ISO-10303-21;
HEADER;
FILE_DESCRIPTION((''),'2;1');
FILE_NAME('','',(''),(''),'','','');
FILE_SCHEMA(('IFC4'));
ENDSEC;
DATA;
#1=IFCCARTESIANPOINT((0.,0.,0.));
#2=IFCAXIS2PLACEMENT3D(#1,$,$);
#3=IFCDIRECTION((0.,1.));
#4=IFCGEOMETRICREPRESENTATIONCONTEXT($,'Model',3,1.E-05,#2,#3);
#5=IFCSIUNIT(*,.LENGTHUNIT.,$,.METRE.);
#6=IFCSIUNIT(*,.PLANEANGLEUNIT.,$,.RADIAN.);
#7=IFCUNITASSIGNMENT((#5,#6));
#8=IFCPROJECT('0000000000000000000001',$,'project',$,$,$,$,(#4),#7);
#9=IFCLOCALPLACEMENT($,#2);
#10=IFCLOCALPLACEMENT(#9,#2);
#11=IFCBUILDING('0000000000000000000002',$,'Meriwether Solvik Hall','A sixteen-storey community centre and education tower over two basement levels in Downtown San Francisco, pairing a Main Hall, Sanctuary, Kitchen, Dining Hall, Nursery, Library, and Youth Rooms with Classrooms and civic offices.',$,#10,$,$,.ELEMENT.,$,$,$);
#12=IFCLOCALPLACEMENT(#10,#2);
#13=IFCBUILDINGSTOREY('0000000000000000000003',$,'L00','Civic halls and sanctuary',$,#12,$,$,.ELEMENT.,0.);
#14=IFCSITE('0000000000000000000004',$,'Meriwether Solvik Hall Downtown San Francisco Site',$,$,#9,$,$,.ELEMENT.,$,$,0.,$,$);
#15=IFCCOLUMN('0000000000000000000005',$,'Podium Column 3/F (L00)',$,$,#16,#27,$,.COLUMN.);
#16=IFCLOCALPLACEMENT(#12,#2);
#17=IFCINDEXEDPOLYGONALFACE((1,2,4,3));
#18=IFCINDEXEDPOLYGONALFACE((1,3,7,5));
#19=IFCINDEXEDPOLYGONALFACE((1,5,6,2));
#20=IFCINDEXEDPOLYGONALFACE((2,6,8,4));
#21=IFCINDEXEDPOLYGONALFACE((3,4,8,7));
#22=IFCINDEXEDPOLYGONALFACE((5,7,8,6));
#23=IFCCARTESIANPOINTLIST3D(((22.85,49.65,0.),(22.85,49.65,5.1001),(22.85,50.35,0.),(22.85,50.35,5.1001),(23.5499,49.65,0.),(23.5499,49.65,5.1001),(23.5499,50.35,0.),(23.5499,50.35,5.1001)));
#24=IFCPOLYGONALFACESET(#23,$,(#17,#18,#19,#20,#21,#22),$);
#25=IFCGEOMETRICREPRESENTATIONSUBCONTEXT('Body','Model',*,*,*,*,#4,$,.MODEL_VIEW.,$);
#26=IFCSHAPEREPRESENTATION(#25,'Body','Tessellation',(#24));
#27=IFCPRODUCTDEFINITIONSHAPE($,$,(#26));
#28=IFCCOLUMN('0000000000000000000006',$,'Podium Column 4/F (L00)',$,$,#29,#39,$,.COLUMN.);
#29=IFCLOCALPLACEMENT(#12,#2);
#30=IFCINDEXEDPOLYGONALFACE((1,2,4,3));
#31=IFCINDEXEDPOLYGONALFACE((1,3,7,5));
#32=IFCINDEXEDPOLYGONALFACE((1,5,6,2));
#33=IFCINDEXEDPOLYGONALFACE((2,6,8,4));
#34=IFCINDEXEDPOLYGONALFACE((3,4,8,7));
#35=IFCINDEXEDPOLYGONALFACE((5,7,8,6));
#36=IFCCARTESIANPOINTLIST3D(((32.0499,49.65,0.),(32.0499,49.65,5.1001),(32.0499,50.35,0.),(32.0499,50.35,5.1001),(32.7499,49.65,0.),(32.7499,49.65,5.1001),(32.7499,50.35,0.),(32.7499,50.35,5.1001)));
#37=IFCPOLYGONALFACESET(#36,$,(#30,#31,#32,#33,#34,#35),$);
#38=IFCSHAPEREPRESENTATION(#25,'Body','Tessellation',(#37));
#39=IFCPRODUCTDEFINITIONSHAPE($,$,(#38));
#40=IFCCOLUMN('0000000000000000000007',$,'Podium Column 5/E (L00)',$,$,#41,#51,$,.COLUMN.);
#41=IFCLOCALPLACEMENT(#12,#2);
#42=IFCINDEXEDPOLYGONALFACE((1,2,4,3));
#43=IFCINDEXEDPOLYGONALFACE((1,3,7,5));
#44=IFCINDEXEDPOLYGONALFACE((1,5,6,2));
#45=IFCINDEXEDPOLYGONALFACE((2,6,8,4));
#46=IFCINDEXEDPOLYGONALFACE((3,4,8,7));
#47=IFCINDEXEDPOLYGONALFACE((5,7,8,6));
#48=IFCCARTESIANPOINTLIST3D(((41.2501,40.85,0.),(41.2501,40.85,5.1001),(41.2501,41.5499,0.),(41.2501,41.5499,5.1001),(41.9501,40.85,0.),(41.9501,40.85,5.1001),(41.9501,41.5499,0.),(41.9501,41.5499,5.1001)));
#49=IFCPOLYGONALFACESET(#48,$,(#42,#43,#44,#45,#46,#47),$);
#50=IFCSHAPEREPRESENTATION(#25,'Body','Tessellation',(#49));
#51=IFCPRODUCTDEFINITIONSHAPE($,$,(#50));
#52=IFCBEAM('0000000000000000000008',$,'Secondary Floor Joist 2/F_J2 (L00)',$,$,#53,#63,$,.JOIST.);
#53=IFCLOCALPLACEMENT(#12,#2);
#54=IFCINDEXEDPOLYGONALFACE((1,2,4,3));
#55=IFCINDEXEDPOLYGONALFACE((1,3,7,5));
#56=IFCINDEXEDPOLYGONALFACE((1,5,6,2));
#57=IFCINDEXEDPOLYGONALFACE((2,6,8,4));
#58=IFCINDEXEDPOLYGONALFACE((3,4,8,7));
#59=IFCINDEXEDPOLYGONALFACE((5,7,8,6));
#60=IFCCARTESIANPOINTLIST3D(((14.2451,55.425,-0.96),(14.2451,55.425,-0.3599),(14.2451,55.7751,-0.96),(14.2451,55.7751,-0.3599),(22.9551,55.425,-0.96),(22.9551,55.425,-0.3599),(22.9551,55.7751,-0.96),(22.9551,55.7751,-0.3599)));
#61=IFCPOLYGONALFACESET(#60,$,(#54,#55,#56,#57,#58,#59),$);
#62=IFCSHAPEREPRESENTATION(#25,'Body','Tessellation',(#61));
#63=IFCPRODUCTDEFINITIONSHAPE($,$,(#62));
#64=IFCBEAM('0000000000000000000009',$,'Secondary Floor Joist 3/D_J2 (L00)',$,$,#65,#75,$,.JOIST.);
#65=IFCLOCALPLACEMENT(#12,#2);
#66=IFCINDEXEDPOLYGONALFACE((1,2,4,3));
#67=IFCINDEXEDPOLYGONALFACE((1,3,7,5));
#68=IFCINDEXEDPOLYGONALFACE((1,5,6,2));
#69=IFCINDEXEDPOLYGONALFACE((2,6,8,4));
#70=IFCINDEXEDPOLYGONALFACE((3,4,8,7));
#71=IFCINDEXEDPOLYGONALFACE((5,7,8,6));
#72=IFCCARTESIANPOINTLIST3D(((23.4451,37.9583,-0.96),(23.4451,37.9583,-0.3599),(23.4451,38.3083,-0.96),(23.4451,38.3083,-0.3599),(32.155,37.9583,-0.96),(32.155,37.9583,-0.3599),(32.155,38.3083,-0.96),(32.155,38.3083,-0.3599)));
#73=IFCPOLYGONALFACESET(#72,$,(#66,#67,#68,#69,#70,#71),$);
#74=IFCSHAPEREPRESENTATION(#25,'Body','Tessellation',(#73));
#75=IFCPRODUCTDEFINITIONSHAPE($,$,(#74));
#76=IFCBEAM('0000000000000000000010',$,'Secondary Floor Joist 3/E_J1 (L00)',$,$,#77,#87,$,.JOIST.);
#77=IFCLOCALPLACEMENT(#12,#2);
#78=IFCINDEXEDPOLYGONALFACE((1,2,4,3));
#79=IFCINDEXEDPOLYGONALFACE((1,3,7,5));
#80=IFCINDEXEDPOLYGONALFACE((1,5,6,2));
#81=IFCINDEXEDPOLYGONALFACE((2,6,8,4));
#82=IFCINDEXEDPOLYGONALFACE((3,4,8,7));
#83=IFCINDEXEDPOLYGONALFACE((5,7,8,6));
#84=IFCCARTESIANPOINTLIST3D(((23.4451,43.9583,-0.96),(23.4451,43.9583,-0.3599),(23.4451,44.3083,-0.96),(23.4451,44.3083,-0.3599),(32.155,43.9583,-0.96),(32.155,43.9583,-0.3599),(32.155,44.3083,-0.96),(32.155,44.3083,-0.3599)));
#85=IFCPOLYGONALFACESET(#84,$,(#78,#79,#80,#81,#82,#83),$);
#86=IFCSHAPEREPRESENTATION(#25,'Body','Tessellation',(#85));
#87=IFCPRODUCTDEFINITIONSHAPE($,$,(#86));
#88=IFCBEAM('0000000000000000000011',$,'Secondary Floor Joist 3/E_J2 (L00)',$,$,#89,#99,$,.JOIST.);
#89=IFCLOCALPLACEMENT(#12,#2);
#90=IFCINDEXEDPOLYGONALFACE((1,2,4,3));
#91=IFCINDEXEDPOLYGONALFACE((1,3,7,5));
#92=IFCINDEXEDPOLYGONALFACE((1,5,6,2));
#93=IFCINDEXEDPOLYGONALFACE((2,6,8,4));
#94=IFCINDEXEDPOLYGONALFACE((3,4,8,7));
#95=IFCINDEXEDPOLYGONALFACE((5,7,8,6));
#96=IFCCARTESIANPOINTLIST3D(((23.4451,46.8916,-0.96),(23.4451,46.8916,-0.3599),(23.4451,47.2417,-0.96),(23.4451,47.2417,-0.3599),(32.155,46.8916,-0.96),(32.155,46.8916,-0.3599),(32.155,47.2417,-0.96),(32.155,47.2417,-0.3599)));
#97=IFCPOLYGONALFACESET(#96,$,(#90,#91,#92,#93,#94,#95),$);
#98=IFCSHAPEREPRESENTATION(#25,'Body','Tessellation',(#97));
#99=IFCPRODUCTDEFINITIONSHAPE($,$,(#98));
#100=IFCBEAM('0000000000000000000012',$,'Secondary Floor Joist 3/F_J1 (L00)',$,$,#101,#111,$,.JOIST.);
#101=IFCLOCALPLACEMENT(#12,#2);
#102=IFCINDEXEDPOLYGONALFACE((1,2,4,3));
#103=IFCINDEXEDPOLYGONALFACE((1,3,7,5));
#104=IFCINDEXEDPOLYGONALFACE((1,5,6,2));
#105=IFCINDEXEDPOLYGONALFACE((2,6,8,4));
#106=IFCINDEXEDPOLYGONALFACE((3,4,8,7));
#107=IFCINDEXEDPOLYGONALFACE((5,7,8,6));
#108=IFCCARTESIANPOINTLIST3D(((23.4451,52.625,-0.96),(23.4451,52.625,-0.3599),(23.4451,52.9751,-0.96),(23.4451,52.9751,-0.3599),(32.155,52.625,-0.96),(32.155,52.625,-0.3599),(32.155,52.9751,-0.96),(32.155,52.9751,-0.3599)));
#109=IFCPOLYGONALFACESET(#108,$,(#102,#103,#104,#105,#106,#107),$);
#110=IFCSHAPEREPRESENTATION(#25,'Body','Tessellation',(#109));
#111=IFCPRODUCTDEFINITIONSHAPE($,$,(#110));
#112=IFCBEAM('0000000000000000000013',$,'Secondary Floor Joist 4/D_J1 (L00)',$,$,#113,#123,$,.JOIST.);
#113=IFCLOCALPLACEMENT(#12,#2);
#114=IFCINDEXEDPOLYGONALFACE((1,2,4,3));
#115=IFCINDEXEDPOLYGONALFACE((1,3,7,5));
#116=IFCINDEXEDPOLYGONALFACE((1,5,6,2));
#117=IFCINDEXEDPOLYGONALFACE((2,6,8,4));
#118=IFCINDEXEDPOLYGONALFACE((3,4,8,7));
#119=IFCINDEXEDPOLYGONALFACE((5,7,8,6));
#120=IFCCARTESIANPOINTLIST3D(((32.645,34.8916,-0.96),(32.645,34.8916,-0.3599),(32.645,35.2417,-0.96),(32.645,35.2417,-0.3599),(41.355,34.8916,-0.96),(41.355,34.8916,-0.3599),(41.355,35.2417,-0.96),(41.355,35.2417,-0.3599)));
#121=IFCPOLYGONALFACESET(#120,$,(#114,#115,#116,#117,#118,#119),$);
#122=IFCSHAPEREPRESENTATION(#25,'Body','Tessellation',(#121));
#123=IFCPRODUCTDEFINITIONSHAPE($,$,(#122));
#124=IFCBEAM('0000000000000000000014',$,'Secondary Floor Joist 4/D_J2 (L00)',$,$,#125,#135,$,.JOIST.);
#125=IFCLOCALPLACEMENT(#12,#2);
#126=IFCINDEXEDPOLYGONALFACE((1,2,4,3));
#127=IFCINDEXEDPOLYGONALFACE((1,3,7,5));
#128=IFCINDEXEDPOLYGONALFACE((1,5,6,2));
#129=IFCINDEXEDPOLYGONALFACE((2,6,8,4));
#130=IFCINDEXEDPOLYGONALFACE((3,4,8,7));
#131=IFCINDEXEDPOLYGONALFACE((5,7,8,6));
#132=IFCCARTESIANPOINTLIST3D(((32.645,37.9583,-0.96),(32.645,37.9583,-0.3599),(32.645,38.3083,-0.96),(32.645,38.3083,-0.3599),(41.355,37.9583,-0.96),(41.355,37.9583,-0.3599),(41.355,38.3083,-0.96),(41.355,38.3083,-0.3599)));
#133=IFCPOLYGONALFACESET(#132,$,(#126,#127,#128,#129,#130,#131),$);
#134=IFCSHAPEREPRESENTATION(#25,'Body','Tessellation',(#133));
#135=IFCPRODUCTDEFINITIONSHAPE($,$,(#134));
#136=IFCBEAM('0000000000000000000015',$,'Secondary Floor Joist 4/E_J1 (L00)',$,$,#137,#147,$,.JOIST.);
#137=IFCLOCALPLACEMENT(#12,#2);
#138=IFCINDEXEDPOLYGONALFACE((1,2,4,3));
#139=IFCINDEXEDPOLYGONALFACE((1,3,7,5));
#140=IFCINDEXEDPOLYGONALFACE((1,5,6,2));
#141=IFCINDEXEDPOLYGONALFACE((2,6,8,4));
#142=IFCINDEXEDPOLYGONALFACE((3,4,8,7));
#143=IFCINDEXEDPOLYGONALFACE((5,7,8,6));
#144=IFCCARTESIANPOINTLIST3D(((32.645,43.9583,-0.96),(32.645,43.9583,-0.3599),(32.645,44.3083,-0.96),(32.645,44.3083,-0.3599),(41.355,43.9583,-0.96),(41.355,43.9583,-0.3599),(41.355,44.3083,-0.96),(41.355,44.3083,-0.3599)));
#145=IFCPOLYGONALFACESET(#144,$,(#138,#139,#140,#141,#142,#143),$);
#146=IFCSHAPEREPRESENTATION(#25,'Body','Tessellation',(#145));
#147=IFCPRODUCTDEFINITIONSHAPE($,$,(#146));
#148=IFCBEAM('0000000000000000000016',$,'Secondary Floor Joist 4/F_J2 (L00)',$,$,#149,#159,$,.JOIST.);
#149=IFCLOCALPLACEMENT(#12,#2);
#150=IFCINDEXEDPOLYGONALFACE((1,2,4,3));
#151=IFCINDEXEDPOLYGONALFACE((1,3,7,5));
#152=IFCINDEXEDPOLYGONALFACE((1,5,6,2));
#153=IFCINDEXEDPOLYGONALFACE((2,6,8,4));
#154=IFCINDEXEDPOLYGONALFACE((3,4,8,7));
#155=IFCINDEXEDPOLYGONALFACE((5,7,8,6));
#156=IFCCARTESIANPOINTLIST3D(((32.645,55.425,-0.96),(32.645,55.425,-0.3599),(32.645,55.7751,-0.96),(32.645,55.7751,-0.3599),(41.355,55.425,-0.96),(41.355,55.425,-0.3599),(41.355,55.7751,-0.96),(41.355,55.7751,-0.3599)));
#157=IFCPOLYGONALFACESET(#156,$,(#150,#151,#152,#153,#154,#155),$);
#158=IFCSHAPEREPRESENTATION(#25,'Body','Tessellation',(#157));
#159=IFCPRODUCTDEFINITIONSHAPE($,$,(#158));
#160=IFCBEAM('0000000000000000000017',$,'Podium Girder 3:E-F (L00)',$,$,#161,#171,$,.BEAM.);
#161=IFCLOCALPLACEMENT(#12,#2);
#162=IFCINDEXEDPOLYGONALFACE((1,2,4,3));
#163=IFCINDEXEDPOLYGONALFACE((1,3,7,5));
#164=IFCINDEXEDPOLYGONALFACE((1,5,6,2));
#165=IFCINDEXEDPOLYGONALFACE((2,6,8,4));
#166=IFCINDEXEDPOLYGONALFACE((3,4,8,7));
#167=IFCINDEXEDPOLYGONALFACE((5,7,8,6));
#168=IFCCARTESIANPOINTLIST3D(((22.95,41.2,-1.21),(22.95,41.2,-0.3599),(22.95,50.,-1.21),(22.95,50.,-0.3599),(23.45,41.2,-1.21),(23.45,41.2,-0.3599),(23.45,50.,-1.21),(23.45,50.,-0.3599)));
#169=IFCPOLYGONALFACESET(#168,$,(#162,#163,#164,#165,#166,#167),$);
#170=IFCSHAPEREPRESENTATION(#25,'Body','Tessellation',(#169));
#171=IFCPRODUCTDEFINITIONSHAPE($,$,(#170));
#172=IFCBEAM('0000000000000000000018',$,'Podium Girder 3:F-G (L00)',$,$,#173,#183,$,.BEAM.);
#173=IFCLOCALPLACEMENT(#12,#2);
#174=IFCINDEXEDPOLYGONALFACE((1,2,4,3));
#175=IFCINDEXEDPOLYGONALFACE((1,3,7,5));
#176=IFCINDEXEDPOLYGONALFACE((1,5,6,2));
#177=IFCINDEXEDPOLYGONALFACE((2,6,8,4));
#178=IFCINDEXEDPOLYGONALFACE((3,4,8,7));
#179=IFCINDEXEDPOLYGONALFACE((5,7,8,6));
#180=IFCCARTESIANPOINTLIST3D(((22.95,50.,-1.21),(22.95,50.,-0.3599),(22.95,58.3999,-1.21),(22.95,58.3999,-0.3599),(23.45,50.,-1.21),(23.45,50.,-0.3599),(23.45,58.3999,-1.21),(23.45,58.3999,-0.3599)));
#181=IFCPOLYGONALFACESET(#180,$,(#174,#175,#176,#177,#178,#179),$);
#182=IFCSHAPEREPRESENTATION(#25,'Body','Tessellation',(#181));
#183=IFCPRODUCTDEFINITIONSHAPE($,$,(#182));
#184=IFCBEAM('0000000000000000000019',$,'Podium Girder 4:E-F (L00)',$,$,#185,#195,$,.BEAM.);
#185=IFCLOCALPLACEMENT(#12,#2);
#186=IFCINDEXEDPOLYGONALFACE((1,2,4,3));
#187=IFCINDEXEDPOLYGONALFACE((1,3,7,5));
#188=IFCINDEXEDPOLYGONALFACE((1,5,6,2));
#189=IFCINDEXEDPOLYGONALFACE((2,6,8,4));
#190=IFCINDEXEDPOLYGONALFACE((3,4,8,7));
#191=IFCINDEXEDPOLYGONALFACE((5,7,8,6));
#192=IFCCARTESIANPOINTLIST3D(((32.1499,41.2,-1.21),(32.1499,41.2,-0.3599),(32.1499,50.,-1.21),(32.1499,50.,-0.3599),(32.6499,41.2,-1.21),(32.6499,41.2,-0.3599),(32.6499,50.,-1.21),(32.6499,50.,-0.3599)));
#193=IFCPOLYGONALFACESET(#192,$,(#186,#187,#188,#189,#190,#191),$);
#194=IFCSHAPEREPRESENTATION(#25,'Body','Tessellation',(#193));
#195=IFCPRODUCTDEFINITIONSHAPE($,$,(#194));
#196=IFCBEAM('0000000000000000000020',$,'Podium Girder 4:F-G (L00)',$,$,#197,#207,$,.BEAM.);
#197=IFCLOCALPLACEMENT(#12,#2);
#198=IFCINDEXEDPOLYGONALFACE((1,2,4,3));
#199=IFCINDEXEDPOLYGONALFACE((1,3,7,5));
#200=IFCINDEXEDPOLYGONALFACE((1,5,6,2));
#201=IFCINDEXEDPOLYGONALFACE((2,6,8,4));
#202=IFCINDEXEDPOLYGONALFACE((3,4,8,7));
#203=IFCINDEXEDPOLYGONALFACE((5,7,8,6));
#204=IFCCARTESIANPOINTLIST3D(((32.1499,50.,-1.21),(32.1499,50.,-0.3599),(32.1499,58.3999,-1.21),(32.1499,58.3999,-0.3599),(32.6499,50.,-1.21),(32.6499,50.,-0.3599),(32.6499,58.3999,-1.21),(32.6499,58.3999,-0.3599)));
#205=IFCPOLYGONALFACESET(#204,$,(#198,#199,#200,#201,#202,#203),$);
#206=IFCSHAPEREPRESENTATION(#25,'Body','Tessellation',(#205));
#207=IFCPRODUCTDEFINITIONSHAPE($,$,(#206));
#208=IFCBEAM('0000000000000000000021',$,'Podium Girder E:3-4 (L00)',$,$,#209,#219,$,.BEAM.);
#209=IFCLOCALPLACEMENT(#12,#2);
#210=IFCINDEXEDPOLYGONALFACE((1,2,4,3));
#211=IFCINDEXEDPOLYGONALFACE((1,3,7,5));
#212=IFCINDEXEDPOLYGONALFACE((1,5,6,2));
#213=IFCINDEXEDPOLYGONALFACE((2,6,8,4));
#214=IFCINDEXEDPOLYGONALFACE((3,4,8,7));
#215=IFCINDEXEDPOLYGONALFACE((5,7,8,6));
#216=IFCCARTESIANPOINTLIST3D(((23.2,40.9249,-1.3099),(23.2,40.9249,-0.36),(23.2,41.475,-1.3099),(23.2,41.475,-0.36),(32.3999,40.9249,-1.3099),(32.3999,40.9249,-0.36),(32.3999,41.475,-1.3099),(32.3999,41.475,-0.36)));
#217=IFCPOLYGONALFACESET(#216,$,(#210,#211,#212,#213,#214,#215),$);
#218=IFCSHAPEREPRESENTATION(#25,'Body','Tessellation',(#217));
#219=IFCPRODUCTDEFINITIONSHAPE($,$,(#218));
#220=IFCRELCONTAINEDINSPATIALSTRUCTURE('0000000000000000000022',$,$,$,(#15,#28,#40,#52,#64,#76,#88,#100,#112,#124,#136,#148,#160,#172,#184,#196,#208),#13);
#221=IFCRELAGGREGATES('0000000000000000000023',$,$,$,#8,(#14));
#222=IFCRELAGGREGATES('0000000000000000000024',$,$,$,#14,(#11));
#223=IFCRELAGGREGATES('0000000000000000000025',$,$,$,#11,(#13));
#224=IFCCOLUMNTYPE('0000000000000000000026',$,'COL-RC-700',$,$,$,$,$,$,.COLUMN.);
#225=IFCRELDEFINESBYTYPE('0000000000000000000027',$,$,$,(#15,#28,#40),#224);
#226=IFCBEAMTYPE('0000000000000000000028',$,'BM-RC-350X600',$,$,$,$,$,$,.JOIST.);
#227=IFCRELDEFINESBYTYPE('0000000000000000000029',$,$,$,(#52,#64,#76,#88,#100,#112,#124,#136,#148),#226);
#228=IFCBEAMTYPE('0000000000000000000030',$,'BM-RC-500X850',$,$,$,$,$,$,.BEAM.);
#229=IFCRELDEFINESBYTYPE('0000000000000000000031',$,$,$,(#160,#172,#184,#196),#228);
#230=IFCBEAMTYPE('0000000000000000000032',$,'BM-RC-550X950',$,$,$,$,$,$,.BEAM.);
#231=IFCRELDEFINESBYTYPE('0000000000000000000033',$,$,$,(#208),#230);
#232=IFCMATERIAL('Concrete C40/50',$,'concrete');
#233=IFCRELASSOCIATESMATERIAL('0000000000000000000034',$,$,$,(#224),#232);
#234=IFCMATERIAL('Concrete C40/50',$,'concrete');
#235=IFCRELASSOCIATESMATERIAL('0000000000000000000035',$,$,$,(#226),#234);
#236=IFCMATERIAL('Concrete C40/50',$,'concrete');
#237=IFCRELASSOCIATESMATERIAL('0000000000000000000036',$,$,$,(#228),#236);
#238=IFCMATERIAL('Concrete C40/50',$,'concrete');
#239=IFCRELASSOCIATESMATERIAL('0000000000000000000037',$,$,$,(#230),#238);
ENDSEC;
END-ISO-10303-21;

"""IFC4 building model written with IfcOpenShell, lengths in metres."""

from ifc_helpers import new_model, si_unit, direction, frame, origin, origin_2d, place, context, subcontext, project, spatial, rectangle, extrude, material, material_profile, profile_set, type_object, element, save


model = new_model("IFC4")

# Units and contexts
model_context = context("Model", 3, precision=1e-05, world=origin(), true_north=direction((0.0, 1.0)))
body_context = subcontext(model_context, "Body", "Model", "MODEL_VIEW")
ifc_project = project(units=[si_unit("LENGTHUNIT", "METRE"), si_unit("PLANEANGLEUNIT", "RADIAN")], contexts=[model_context])

# Site, building, storey
site_placement = place(None, origin())
site = spatial("IfcSite", under=ifc_project, at=site_placement, Name="Meriwether Solvik Hall Downtown San Francisco Site", CompositionType="ELEMENT", RefElevation=0.0)
building_placement = place(site_placement, origin())
building = spatial("IfcBuilding", under=site, at=building_placement, Name="Meriwether Solvik Hall", Description="A sixteen-storey community centre and education tower over two basement levels in Downtown San Francisco, pairing a Main Hall, Sanctuary, Kitchen, Dining Hall, Nursery, Library, and Youth Rooms with Classrooms and civic offices.", CompositionType="ELEMENT")
storey_placement = place(building_placement, origin())
storey = spatial("IfcBuildingStorey", under=building, at=storey_placement, Name="L00", Description="Civic halls and sanctuary", CompositionType="ELEMENT", Elevation=0.0)

# Columns
ifc_material_1 = material(Name="Concrete C40/50", Category="concrete")
ifc_material_profile_1 = material_profile(ifc_material_1, rectangle(XDim=0.7, YDim=0.7, at=origin_2d()), Name="RCC-700X700")
ifc_profile_set_1 = profile_set([ifc_material_profile_1], Name="Concrete C40/50")
column_type = type_object("IfcColumnType", Name="COL-RC-700", PredefinedType="COLUMN", material=ifc_profile_set_1)
for number, where, z_axis, x_axis, name in (
    (1, (23.2, 50.0, 0.0), (0.0, 0.0, 1.0), (1.0, 0.0, 0.0), "Podium Column 3/F (L00)"),
    (2, (32.3999, 50.0, 0.0), (0.0, 0.0, 1.0), (1.0, 0.0, 0.0), "Podium Column 4/F (L00)"),
    (3, (41.6001, 41.2, 0.0), (0.0, 0.0, 1.0), (1.0, 0.0, 0.0), "Podium Column 5/E (L00)"),
):
    element("IfcColumn", number, at=place(storey_placement, frame(where, z_axis=z_axis, x_axis=x_axis)), inside=storey, type_object=column_type, Name=name, PredefinedType="COLUMN", context=body_context, shape_type="SweptSolid", body=[
        extrude(rectangle(XDim=0.7, YDim=0.7, at=origin_2d()), origin(), (0.0, 0.0, 1.0), 5.1001),
    ])

# Beams
ifc_material_2 = material(Name="Concrete C40/50", Category="concrete")
ifc_material_profile_2 = material_profile(ifc_material_2, rectangle(XDim=0.3501, YDim=0.6001, at=origin_2d()), Name="RCB-350X600")
ifc_profile_set_2 = profile_set([ifc_material_profile_2], Name="Concrete C40/50")
beam_type_1 = type_object("IfcBeamType", Name="BM-RC-350X600", PredefinedType="JOIST", material=ifc_profile_set_2)
for number, where, z_axis, x_axis, name in (
    (4, (14.2451, 55.6001, -0.6599), (1.0, 0.0, 0.0), (0.0, 1.0, 0.0), "Secondary Floor Joist 2/F_J2 (L00)"),
    (5, (23.4451, 38.1333, -0.6599), (1.0, 0.0, 0.0), (0.0, 1.0, 0.0), "Secondary Floor Joist 3/D_J2 (L00)"),
    (6, (23.4451, 44.1333, -0.6599), (1.0, 0.0, 0.0), (0.0, 1.0, 0.0), "Secondary Floor Joist 3/E_J1 (L00)"),
    (7, (23.4451, 47.0667, -0.6599), (1.0, 0.0, 0.0), (0.0, 1.0, 0.0), "Secondary Floor Joist 3/E_J2 (L00)"),
    (8, (23.4451, 52.8, -0.6599), (1.0, 0.0, 0.0), (0.0, 1.0, 0.0), "Secondary Floor Joist 3/F_J1 (L00)"),
    (9, (32.645, 35.0667, -0.6599), (1.0, 0.0, 0.0), (0.0, 1.0, 0.0), "Secondary Floor Joist 4/D_J1 (L00)"),
    (10, (32.645, 38.1333, -0.6599), (1.0, 0.0, 0.0), (0.0, 1.0, 0.0), "Secondary Floor Joist 4/D_J2 (L00)"),
    (11, (32.645, 44.1333, -0.6599), (1.0, 0.0, 0.0), (0.0, 1.0, 0.0), "Secondary Floor Joist 4/E_J1 (L00)"),
    (12, (32.645, 55.6001, -0.6599), (1.0, 0.0, 0.0), (0.0, 1.0, 0.0), "Secondary Floor Joist 4/F_J2 (L00)"),
):
    element("IfcBeam", number, at=place(storey_placement, frame(where, z_axis=z_axis, x_axis=x_axis)), inside=storey, type_object=beam_type_1, Name=name, PredefinedType="JOIST", context=body_context, shape_type="SweptSolid", body=[
        extrude(rectangle(XDim=0.3501, YDim=0.6001, at=origin_2d()), origin(), (0.0, 0.0, 1.0), 8.71),
    ])
ifc_material_3 = material(Name="Concrete C40/50", Category="concrete")
ifc_material_profile_3 = material_profile(ifc_material_3, rectangle(XDim=0.5, YDim=0.8501, at=origin_2d()), Name="RCB-500X850")
ifc_profile_set_3 = profile_set([ifc_material_profile_3], Name="Concrete C40/50")
beam_type_2 = type_object("IfcBeamType", Name="BM-RC-500X850", PredefinedType="BEAM", material=ifc_profile_set_3)
beam_1_placement = place(storey_placement, frame((23.2, 41.2, -0.7849), z_axis=(0.0, 1.0, 0.0), x_axis=(-1.0, 0.0, 0.0)))
element("IfcBeam", 13, at=beam_1_placement, inside=storey, type_object=beam_type_2, Name="Podium Girder 3:E-F (L00)", PredefinedType="BEAM", context=body_context, shape_type="SweptSolid", body=[
    extrude(rectangle(XDim=0.5, YDim=0.8501, at=origin_2d()), origin(), (0.0, 0.0, 1.0), 8.8),
])
beam_2_placement = place(storey_placement, frame((23.2, 50.0, -0.7849), z_axis=(0.0, 1.0, 0.0), x_axis=(-1.0, 0.0, 0.0)))
element("IfcBeam", 14, at=beam_2_placement, inside=storey, type_object=beam_type_2, Name="Podium Girder 3:F-G (L00)", PredefinedType="BEAM", context=body_context, shape_type="SweptSolid", body=[
    extrude(rectangle(XDim=0.5, YDim=0.8501, at=origin_2d()), origin(), (0.0, 0.0, 1.0), 8.3999),
])
beam_3_placement = place(storey_placement, frame((32.3999, 41.2, -0.7849), z_axis=(0.0, 1.0, 0.0), x_axis=(-1.0, 0.0, 0.0)))
element("IfcBeam", 15, at=beam_3_placement, inside=storey, type_object=beam_type_2, Name="Podium Girder 4:E-F (L00)", PredefinedType="BEAM", context=body_context, shape_type="SweptSolid", body=[
    extrude(rectangle(XDim=0.5, YDim=0.8501, at=origin_2d()), origin(), (0.0, 0.0, 1.0), 8.8),
])
beam_4_placement = place(storey_placement, frame((32.3999, 50.0, -0.7849), z_axis=(0.0, 1.0, 0.0), x_axis=(-1.0, 0.0, 0.0)))
element("IfcBeam", 16, at=beam_4_placement, inside=storey, type_object=beam_type_2, Name="Podium Girder 4:F-G (L00)", PredefinedType="BEAM", context=body_context, shape_type="SweptSolid", body=[
    extrude(rectangle(XDim=0.5, YDim=0.8501, at=origin_2d()), origin(), (0.0, 0.0, 1.0), 8.3999),
])
ifc_material_4 = material(Name="Concrete C40/50", Category="concrete")
ifc_material_profile_4 = material_profile(ifc_material_4, rectangle(XDim=0.55, YDim=0.95, at=origin_2d()), Name="RCB-550X950")
ifc_profile_set_4 = profile_set([ifc_material_profile_4], Name="Concrete C40/50")
beam_type_3 = type_object("IfcBeamType", Name="BM-RC-550X950", PredefinedType="BEAM", material=ifc_profile_set_4)
beam_5_placement = place(storey_placement, frame((23.2, 41.2, -0.835), z_axis=(1.0, 0.0, 0.0), x_axis=(0.0, 1.0, 0.0)))
element("IfcBeam", 17, at=beam_5_placement, inside=storey, type_object=beam_type_3, Name="Podium Girder E:3-4 (L00)", PredefinedType="BEAM", context=body_context, shape_type="SweptSolid", body=[
    extrude(rectangle(XDim=0.55, YDim=0.95, at=origin_2d()), origin(), (0.0, 0.0, 1.0), 9.2),
])

save(model, "model.ifc")
